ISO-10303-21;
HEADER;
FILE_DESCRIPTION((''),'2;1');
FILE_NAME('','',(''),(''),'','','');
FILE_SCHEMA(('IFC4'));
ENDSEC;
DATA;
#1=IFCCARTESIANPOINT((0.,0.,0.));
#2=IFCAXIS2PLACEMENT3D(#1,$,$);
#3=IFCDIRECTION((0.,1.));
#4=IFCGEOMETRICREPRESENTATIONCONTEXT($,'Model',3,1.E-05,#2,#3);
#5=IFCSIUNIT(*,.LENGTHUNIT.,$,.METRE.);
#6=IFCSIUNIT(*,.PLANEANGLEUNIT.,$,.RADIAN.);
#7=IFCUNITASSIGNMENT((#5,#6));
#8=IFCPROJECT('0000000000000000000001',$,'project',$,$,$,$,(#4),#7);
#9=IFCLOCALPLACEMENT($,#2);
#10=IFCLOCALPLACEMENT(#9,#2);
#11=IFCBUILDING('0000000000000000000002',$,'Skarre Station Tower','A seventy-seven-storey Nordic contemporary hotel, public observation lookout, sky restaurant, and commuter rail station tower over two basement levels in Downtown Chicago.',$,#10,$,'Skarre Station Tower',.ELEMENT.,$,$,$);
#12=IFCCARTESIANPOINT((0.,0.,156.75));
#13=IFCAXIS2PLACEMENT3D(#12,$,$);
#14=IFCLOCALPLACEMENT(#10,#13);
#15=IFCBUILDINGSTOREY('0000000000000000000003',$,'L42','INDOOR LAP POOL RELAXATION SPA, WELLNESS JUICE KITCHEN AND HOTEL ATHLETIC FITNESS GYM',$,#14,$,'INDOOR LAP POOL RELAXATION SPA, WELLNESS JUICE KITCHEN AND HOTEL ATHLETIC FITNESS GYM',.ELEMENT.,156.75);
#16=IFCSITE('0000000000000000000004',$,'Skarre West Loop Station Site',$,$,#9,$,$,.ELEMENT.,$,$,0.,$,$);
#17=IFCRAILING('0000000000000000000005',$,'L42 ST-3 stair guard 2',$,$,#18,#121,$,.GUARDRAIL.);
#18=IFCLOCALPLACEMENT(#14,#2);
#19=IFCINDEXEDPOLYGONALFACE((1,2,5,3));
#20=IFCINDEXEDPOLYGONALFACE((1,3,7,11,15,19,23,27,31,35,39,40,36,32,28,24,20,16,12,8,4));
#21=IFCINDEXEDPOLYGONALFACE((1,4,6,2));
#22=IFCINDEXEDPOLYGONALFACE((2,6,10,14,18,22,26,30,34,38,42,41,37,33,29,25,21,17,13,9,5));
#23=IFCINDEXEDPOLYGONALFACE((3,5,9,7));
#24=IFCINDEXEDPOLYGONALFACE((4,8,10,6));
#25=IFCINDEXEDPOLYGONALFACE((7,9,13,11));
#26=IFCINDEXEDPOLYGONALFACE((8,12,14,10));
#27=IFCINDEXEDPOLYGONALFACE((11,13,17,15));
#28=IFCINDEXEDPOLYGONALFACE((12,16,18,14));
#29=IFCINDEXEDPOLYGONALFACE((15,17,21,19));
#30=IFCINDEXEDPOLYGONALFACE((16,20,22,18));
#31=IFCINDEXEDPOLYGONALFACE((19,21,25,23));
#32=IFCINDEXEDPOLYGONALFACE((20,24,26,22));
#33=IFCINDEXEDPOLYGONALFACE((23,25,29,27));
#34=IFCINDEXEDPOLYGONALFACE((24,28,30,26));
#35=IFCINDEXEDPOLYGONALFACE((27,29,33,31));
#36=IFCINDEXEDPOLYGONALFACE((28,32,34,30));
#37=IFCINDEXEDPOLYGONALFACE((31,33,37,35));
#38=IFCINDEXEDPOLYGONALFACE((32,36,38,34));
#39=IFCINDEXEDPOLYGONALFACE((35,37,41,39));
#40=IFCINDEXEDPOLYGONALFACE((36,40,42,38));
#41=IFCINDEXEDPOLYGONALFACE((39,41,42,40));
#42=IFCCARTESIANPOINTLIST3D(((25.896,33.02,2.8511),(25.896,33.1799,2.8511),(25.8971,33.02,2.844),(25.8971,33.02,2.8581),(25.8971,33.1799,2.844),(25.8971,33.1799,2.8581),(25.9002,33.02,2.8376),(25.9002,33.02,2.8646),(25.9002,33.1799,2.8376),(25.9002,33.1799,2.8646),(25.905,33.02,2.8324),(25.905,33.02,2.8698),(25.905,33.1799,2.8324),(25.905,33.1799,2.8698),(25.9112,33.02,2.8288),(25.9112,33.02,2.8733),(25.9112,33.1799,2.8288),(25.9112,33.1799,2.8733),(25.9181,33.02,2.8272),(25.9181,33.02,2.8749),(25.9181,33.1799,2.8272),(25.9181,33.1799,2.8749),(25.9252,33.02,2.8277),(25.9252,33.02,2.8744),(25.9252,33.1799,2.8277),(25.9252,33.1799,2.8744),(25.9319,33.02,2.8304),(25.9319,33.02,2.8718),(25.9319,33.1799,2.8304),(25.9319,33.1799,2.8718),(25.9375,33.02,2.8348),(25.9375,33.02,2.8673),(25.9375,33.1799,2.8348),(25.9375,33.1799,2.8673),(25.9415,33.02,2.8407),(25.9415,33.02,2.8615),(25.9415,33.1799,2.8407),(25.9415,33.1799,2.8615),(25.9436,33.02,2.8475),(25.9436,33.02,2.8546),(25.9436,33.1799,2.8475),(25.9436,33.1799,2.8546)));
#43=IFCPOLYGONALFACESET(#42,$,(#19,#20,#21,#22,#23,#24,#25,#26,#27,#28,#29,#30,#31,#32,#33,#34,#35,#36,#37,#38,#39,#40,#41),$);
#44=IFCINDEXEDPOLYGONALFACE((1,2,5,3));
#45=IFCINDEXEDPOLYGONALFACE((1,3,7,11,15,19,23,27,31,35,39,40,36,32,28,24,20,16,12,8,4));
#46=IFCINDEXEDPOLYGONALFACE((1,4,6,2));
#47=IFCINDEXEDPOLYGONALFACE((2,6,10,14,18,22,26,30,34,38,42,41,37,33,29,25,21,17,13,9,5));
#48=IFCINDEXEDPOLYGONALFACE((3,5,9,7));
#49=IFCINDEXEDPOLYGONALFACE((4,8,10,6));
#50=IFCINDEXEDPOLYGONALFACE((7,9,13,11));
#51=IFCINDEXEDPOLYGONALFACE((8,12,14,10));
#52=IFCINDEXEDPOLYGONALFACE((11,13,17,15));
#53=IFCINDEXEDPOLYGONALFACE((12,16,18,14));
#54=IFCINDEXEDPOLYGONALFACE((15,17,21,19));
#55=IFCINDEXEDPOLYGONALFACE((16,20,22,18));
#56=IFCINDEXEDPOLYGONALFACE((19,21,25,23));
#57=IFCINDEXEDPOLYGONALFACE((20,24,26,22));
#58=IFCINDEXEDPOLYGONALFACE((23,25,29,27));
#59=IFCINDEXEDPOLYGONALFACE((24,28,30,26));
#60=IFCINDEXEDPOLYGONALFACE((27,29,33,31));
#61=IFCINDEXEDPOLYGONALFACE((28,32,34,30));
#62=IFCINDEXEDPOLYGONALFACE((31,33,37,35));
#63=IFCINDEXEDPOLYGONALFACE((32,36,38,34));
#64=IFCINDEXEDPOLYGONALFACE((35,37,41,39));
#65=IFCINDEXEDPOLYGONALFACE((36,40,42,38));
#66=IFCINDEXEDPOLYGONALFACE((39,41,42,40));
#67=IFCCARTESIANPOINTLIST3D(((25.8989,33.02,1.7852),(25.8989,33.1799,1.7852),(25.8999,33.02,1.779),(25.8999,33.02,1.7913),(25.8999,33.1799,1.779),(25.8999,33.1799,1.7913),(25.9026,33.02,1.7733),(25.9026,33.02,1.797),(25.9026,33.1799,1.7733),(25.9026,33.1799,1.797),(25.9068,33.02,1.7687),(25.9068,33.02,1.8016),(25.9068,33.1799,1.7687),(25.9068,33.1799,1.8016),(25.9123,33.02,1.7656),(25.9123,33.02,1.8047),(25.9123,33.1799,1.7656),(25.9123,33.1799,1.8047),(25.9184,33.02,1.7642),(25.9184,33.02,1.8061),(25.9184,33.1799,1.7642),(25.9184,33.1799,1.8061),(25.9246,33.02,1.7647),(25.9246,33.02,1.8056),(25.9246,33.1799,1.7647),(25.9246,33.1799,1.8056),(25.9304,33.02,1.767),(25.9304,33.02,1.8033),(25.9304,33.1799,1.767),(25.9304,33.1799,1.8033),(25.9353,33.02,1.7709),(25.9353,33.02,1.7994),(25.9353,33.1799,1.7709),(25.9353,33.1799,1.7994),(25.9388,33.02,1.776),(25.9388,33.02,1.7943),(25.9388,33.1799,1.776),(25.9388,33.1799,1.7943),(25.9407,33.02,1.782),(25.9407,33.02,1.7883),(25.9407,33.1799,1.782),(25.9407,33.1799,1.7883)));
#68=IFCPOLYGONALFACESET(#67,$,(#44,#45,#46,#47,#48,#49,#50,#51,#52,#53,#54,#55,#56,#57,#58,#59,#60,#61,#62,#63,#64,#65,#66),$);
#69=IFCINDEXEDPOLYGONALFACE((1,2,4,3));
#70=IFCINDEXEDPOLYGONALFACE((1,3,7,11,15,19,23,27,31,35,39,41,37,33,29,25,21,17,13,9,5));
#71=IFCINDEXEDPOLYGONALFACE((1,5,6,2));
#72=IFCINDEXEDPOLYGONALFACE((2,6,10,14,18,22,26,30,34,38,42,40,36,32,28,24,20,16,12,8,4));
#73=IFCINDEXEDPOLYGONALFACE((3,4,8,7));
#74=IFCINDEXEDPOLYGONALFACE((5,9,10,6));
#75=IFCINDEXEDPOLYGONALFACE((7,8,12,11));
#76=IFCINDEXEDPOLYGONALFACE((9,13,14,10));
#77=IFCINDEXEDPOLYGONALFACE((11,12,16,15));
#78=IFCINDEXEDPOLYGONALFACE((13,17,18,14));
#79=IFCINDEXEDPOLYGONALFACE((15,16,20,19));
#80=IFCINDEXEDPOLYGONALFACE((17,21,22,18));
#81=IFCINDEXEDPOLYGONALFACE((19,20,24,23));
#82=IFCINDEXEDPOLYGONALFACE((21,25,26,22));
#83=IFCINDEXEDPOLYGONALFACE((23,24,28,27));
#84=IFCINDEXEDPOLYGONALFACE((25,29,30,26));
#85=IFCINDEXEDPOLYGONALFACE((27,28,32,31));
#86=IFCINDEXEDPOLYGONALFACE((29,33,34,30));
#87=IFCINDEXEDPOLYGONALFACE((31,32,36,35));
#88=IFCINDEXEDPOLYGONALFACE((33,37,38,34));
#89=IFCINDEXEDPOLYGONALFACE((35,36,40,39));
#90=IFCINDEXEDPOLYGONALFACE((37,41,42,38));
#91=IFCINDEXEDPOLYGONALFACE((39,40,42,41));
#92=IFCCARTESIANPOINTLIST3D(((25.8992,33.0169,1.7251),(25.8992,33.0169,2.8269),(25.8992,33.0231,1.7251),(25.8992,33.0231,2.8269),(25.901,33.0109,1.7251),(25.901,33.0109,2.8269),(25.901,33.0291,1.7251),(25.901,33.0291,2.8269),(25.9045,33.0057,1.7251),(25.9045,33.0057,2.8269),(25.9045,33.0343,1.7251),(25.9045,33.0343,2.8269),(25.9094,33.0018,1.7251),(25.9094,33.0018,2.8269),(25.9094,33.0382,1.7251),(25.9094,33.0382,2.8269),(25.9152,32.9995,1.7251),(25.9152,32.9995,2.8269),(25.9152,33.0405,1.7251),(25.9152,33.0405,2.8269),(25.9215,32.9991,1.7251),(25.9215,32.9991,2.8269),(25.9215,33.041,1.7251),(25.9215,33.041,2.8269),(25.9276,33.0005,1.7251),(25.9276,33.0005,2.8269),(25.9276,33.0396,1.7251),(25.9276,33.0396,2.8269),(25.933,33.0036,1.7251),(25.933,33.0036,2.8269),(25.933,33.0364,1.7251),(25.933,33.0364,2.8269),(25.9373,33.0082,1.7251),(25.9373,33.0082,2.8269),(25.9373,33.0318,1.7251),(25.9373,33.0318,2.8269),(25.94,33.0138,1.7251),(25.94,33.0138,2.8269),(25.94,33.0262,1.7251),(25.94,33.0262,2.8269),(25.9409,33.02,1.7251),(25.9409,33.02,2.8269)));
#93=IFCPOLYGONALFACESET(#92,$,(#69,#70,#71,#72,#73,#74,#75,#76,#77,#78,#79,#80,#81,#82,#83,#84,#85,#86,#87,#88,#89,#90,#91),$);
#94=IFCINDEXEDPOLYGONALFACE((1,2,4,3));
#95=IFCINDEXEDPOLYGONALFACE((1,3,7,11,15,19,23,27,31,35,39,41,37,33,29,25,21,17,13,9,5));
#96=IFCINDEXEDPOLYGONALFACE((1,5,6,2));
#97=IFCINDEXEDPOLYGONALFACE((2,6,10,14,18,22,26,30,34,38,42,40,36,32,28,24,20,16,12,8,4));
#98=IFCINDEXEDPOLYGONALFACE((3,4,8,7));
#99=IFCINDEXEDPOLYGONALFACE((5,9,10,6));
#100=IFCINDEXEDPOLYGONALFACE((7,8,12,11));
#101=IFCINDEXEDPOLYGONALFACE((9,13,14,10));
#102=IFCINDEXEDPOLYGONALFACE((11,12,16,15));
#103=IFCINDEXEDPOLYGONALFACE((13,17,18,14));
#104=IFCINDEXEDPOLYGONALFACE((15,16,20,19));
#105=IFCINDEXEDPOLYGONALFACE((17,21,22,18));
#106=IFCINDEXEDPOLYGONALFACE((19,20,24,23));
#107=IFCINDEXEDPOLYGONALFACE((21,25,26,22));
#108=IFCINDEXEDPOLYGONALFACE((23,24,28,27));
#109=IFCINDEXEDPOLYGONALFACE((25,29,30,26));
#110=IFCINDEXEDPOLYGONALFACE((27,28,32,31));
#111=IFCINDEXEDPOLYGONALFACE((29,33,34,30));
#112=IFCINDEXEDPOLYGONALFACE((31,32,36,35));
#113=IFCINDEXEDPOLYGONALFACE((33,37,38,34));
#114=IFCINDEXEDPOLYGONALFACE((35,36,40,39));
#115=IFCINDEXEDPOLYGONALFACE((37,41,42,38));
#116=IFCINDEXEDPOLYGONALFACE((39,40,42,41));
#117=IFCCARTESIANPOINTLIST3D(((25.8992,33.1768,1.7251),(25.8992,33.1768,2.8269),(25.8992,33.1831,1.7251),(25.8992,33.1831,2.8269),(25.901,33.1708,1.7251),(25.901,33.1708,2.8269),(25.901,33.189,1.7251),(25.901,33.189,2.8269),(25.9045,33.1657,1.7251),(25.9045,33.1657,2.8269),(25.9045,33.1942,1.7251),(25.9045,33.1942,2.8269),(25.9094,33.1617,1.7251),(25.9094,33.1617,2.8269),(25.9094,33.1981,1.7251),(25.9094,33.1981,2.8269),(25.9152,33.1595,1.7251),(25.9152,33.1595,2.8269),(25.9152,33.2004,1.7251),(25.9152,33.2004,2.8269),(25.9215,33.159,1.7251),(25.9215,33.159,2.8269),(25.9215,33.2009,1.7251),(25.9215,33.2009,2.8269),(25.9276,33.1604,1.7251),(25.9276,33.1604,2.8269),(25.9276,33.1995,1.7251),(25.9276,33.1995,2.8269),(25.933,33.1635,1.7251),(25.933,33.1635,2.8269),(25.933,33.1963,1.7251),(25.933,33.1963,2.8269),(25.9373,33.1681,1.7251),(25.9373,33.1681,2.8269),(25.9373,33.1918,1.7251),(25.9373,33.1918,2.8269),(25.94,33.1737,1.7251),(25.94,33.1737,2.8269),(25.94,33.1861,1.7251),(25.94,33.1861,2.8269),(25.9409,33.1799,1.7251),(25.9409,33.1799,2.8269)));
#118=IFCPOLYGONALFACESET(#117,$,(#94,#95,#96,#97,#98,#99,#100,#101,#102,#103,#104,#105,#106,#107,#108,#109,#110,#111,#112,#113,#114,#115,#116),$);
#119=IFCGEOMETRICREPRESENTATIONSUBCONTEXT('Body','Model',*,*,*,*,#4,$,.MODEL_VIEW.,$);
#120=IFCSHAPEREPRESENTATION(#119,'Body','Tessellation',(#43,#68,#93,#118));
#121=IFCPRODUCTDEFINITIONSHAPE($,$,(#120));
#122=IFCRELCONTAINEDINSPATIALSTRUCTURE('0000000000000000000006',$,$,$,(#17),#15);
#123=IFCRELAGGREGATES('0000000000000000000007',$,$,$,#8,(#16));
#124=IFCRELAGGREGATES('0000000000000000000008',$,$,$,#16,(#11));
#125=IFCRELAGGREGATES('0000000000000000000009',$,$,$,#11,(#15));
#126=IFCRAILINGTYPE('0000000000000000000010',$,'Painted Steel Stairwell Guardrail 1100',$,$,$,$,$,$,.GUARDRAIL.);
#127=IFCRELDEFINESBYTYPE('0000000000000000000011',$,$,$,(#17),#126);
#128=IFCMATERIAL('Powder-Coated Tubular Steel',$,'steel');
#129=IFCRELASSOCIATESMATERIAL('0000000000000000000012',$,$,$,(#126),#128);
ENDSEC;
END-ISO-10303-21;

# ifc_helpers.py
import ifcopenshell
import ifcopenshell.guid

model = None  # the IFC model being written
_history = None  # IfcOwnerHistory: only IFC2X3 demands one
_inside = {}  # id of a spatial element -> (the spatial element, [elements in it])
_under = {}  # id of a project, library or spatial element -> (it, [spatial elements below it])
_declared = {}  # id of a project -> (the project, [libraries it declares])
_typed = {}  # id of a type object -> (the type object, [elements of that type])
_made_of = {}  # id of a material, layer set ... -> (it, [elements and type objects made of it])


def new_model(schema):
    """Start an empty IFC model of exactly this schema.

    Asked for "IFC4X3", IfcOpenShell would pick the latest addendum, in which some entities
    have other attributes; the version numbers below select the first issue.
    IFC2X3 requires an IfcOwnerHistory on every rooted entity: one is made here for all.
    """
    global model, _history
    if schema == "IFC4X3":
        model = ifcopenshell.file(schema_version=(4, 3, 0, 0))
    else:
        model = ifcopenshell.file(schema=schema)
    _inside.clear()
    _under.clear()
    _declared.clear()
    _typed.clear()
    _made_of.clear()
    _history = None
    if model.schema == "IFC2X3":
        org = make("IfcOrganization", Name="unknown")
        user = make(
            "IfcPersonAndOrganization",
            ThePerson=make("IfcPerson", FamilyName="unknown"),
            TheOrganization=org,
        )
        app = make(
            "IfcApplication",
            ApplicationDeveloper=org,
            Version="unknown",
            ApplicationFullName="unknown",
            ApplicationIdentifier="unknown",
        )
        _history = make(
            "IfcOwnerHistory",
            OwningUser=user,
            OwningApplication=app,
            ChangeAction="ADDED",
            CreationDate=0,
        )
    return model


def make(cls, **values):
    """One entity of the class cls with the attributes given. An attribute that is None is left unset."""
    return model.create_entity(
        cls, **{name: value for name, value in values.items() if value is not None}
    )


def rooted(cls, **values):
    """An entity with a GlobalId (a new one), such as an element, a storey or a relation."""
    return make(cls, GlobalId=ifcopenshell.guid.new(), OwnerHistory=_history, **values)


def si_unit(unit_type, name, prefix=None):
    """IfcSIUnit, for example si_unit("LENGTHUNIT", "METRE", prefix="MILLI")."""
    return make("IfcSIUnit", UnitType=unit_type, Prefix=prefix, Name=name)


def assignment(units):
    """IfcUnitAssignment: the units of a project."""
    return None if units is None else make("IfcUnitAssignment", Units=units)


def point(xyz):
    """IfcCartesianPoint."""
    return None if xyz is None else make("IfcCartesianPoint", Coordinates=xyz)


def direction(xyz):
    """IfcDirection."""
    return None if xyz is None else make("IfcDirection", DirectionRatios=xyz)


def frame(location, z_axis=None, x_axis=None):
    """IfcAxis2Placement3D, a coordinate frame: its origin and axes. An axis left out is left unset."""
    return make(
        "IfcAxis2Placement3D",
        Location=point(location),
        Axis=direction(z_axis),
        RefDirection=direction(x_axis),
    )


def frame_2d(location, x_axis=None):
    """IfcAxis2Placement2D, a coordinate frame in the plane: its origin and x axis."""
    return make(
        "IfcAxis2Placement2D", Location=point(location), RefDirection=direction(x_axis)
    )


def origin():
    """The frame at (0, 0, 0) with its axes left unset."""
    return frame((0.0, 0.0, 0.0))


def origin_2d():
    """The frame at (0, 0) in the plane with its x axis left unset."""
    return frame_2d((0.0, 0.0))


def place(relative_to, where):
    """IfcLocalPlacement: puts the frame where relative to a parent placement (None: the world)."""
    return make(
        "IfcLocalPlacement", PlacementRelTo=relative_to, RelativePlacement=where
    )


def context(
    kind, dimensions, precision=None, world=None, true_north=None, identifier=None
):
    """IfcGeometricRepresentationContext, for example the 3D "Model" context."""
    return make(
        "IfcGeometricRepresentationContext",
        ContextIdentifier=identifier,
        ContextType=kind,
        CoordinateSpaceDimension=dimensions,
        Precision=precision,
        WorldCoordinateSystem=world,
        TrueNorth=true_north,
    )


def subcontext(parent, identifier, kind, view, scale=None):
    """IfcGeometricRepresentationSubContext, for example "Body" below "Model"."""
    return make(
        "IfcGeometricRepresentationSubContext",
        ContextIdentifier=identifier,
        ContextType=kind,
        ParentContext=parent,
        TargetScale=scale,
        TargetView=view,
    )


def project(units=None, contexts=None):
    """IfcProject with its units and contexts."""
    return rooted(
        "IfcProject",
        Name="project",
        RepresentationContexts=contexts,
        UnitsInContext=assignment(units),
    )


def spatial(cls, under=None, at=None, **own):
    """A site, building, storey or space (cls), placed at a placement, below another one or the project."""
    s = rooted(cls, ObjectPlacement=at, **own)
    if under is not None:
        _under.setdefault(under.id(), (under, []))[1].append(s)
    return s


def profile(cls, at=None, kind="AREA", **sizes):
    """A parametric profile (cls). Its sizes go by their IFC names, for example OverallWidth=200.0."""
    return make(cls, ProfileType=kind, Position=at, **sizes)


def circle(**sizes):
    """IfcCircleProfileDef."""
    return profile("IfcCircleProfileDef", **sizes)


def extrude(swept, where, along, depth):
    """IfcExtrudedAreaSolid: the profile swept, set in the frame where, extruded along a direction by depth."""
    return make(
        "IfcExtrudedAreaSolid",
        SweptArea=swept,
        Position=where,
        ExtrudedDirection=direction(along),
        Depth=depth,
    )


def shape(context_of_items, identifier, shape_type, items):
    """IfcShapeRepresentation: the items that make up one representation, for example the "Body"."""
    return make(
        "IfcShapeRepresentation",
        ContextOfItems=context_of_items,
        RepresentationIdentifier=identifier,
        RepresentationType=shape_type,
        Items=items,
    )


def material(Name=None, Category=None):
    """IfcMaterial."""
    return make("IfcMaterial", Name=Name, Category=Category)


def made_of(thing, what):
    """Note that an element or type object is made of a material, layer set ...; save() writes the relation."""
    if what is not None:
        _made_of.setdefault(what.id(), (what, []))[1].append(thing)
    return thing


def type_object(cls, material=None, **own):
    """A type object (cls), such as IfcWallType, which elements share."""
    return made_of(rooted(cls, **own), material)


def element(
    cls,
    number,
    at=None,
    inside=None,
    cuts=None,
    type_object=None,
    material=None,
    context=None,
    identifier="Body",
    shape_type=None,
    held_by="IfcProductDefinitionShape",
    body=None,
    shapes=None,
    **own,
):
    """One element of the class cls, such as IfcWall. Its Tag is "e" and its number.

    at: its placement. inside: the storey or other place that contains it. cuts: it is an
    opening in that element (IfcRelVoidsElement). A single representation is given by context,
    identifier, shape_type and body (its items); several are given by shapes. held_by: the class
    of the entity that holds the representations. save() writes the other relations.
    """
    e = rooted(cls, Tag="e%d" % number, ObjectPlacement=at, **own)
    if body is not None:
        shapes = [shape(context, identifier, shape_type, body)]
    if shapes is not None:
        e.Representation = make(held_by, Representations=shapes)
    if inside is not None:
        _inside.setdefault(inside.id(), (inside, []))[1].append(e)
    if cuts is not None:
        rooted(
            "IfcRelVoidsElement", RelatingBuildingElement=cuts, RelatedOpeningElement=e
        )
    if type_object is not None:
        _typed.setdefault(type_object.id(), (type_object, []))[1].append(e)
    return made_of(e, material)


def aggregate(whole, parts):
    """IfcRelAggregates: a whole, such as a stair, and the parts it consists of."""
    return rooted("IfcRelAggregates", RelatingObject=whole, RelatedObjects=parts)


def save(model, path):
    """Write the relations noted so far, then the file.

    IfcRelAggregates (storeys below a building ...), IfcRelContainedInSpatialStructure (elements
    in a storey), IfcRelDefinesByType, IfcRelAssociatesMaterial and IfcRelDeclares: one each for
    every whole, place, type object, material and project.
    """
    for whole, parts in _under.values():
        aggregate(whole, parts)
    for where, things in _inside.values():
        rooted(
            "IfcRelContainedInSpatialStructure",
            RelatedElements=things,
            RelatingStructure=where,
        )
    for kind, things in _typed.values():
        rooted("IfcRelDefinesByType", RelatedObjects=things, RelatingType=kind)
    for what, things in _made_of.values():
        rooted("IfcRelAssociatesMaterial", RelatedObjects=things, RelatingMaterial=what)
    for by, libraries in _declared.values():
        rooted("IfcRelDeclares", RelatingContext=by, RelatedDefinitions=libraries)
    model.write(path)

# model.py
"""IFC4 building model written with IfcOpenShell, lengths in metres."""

from ifc_helpers import new_model, si_unit, direction, frame, origin, origin_2d, place, context, subcontext, project, spatial, circle, extrude, material, type_object, element, save


model = new_model("IFC4")

# Units and contexts
model_context = context("Model", 3, precision=1e-05, world=origin(), true_north=direction((0.0, 1.0)))
body_context = subcontext(model_context, "Body", "Model", "MODEL_VIEW")
ifc_project = project(units=[si_unit("LENGTHUNIT", "METRE"), si_unit("PLANEANGLEUNIT", "RADIAN")], contexts=[model_context])

# Site, building, storey
site_placement = place(None, origin())
site = spatial("IfcSite", under=ifc_project, at=site_placement, Name="Skarre West Loop Station Site", CompositionType="ELEMENT", RefElevation=0.0)
building_placement = place(site_placement, origin())
building = spatial("IfcBuilding", under=site, at=building_placement, Name="Skarre Station Tower", Description="A seventy-seven-storey Nordic contemporary hotel, public observation lookout, sky restaurant, and commuter rail station tower over two basement levels in Downtown Chicago.", LongName="Skarre Station Tower", CompositionType="ELEMENT")
storey_placement = place(building_placement, frame((0.0, 0.0, 156.75)))
storey = spatial("IfcBuildingStorey", under=building, at=storey_placement, Name="L42", Description="INDOOR LAP POOL RELAXATION SPA, WELLNESS JUICE KITCHEN AND HOTEL ATHLETIC FITNESS GYM", LongName="INDOOR LAP POOL RELAXATION SPA, WELLNESS JUICE KITCHEN AND HOTEL ATHLETIC FITNESS GYM", CompositionType="ELEMENT", Elevation=156.75)

# Railing
ifc_material_1 = material(Name="Powder-Coated Tubular Steel", Category="steel")
railing_type_1 = type_object("IfcRailingType", Name="Painted Steel Stairwell Guardrail 1100", PredefinedType="GUARDRAIL", material=ifc_material_1)
railing_1_placement = place(storey_placement, frame((25.9199, 33.02, 1.7251)))
element("IfcRailing", 1, at=railing_1_placement, inside=storey, type_object=railing_type_1, Name="L42 ST-3 stair guard 2", PredefinedType="GUARDRAIL", context=body_context, shape_type="SweptSolid", body=[
    extrude(circle(Radius=0.0239, at=origin_2d()), frame((0.0, 0.0, 1.126), z_axis=(0.0, 1.0, 0.0), x_axis=(-1.0, 0.0, 0.0)), (0.0, 0.0, 1.0), 0.1599),
    extrude(circle(Radius=0.021, at=origin_2d()), frame((0.0, 0.0, 0.0601), z_axis=(0.0, 1.0, 0.0), x_axis=(-1.0, 0.0, 0.0)), (0.0, 0.0, 1.0), 0.1599),
    extrude(circle(Radius=0.021, at=origin_2d()), origin(), (0.0, 0.0, 1.0), 1.1018),
    extrude(circle(Radius=0.021, at=origin_2d()), frame((0.0, 0.1599, 0.0)), (0.0, 0.0, 1.0), 1.1018),
])

save(model, "model.ifc")
